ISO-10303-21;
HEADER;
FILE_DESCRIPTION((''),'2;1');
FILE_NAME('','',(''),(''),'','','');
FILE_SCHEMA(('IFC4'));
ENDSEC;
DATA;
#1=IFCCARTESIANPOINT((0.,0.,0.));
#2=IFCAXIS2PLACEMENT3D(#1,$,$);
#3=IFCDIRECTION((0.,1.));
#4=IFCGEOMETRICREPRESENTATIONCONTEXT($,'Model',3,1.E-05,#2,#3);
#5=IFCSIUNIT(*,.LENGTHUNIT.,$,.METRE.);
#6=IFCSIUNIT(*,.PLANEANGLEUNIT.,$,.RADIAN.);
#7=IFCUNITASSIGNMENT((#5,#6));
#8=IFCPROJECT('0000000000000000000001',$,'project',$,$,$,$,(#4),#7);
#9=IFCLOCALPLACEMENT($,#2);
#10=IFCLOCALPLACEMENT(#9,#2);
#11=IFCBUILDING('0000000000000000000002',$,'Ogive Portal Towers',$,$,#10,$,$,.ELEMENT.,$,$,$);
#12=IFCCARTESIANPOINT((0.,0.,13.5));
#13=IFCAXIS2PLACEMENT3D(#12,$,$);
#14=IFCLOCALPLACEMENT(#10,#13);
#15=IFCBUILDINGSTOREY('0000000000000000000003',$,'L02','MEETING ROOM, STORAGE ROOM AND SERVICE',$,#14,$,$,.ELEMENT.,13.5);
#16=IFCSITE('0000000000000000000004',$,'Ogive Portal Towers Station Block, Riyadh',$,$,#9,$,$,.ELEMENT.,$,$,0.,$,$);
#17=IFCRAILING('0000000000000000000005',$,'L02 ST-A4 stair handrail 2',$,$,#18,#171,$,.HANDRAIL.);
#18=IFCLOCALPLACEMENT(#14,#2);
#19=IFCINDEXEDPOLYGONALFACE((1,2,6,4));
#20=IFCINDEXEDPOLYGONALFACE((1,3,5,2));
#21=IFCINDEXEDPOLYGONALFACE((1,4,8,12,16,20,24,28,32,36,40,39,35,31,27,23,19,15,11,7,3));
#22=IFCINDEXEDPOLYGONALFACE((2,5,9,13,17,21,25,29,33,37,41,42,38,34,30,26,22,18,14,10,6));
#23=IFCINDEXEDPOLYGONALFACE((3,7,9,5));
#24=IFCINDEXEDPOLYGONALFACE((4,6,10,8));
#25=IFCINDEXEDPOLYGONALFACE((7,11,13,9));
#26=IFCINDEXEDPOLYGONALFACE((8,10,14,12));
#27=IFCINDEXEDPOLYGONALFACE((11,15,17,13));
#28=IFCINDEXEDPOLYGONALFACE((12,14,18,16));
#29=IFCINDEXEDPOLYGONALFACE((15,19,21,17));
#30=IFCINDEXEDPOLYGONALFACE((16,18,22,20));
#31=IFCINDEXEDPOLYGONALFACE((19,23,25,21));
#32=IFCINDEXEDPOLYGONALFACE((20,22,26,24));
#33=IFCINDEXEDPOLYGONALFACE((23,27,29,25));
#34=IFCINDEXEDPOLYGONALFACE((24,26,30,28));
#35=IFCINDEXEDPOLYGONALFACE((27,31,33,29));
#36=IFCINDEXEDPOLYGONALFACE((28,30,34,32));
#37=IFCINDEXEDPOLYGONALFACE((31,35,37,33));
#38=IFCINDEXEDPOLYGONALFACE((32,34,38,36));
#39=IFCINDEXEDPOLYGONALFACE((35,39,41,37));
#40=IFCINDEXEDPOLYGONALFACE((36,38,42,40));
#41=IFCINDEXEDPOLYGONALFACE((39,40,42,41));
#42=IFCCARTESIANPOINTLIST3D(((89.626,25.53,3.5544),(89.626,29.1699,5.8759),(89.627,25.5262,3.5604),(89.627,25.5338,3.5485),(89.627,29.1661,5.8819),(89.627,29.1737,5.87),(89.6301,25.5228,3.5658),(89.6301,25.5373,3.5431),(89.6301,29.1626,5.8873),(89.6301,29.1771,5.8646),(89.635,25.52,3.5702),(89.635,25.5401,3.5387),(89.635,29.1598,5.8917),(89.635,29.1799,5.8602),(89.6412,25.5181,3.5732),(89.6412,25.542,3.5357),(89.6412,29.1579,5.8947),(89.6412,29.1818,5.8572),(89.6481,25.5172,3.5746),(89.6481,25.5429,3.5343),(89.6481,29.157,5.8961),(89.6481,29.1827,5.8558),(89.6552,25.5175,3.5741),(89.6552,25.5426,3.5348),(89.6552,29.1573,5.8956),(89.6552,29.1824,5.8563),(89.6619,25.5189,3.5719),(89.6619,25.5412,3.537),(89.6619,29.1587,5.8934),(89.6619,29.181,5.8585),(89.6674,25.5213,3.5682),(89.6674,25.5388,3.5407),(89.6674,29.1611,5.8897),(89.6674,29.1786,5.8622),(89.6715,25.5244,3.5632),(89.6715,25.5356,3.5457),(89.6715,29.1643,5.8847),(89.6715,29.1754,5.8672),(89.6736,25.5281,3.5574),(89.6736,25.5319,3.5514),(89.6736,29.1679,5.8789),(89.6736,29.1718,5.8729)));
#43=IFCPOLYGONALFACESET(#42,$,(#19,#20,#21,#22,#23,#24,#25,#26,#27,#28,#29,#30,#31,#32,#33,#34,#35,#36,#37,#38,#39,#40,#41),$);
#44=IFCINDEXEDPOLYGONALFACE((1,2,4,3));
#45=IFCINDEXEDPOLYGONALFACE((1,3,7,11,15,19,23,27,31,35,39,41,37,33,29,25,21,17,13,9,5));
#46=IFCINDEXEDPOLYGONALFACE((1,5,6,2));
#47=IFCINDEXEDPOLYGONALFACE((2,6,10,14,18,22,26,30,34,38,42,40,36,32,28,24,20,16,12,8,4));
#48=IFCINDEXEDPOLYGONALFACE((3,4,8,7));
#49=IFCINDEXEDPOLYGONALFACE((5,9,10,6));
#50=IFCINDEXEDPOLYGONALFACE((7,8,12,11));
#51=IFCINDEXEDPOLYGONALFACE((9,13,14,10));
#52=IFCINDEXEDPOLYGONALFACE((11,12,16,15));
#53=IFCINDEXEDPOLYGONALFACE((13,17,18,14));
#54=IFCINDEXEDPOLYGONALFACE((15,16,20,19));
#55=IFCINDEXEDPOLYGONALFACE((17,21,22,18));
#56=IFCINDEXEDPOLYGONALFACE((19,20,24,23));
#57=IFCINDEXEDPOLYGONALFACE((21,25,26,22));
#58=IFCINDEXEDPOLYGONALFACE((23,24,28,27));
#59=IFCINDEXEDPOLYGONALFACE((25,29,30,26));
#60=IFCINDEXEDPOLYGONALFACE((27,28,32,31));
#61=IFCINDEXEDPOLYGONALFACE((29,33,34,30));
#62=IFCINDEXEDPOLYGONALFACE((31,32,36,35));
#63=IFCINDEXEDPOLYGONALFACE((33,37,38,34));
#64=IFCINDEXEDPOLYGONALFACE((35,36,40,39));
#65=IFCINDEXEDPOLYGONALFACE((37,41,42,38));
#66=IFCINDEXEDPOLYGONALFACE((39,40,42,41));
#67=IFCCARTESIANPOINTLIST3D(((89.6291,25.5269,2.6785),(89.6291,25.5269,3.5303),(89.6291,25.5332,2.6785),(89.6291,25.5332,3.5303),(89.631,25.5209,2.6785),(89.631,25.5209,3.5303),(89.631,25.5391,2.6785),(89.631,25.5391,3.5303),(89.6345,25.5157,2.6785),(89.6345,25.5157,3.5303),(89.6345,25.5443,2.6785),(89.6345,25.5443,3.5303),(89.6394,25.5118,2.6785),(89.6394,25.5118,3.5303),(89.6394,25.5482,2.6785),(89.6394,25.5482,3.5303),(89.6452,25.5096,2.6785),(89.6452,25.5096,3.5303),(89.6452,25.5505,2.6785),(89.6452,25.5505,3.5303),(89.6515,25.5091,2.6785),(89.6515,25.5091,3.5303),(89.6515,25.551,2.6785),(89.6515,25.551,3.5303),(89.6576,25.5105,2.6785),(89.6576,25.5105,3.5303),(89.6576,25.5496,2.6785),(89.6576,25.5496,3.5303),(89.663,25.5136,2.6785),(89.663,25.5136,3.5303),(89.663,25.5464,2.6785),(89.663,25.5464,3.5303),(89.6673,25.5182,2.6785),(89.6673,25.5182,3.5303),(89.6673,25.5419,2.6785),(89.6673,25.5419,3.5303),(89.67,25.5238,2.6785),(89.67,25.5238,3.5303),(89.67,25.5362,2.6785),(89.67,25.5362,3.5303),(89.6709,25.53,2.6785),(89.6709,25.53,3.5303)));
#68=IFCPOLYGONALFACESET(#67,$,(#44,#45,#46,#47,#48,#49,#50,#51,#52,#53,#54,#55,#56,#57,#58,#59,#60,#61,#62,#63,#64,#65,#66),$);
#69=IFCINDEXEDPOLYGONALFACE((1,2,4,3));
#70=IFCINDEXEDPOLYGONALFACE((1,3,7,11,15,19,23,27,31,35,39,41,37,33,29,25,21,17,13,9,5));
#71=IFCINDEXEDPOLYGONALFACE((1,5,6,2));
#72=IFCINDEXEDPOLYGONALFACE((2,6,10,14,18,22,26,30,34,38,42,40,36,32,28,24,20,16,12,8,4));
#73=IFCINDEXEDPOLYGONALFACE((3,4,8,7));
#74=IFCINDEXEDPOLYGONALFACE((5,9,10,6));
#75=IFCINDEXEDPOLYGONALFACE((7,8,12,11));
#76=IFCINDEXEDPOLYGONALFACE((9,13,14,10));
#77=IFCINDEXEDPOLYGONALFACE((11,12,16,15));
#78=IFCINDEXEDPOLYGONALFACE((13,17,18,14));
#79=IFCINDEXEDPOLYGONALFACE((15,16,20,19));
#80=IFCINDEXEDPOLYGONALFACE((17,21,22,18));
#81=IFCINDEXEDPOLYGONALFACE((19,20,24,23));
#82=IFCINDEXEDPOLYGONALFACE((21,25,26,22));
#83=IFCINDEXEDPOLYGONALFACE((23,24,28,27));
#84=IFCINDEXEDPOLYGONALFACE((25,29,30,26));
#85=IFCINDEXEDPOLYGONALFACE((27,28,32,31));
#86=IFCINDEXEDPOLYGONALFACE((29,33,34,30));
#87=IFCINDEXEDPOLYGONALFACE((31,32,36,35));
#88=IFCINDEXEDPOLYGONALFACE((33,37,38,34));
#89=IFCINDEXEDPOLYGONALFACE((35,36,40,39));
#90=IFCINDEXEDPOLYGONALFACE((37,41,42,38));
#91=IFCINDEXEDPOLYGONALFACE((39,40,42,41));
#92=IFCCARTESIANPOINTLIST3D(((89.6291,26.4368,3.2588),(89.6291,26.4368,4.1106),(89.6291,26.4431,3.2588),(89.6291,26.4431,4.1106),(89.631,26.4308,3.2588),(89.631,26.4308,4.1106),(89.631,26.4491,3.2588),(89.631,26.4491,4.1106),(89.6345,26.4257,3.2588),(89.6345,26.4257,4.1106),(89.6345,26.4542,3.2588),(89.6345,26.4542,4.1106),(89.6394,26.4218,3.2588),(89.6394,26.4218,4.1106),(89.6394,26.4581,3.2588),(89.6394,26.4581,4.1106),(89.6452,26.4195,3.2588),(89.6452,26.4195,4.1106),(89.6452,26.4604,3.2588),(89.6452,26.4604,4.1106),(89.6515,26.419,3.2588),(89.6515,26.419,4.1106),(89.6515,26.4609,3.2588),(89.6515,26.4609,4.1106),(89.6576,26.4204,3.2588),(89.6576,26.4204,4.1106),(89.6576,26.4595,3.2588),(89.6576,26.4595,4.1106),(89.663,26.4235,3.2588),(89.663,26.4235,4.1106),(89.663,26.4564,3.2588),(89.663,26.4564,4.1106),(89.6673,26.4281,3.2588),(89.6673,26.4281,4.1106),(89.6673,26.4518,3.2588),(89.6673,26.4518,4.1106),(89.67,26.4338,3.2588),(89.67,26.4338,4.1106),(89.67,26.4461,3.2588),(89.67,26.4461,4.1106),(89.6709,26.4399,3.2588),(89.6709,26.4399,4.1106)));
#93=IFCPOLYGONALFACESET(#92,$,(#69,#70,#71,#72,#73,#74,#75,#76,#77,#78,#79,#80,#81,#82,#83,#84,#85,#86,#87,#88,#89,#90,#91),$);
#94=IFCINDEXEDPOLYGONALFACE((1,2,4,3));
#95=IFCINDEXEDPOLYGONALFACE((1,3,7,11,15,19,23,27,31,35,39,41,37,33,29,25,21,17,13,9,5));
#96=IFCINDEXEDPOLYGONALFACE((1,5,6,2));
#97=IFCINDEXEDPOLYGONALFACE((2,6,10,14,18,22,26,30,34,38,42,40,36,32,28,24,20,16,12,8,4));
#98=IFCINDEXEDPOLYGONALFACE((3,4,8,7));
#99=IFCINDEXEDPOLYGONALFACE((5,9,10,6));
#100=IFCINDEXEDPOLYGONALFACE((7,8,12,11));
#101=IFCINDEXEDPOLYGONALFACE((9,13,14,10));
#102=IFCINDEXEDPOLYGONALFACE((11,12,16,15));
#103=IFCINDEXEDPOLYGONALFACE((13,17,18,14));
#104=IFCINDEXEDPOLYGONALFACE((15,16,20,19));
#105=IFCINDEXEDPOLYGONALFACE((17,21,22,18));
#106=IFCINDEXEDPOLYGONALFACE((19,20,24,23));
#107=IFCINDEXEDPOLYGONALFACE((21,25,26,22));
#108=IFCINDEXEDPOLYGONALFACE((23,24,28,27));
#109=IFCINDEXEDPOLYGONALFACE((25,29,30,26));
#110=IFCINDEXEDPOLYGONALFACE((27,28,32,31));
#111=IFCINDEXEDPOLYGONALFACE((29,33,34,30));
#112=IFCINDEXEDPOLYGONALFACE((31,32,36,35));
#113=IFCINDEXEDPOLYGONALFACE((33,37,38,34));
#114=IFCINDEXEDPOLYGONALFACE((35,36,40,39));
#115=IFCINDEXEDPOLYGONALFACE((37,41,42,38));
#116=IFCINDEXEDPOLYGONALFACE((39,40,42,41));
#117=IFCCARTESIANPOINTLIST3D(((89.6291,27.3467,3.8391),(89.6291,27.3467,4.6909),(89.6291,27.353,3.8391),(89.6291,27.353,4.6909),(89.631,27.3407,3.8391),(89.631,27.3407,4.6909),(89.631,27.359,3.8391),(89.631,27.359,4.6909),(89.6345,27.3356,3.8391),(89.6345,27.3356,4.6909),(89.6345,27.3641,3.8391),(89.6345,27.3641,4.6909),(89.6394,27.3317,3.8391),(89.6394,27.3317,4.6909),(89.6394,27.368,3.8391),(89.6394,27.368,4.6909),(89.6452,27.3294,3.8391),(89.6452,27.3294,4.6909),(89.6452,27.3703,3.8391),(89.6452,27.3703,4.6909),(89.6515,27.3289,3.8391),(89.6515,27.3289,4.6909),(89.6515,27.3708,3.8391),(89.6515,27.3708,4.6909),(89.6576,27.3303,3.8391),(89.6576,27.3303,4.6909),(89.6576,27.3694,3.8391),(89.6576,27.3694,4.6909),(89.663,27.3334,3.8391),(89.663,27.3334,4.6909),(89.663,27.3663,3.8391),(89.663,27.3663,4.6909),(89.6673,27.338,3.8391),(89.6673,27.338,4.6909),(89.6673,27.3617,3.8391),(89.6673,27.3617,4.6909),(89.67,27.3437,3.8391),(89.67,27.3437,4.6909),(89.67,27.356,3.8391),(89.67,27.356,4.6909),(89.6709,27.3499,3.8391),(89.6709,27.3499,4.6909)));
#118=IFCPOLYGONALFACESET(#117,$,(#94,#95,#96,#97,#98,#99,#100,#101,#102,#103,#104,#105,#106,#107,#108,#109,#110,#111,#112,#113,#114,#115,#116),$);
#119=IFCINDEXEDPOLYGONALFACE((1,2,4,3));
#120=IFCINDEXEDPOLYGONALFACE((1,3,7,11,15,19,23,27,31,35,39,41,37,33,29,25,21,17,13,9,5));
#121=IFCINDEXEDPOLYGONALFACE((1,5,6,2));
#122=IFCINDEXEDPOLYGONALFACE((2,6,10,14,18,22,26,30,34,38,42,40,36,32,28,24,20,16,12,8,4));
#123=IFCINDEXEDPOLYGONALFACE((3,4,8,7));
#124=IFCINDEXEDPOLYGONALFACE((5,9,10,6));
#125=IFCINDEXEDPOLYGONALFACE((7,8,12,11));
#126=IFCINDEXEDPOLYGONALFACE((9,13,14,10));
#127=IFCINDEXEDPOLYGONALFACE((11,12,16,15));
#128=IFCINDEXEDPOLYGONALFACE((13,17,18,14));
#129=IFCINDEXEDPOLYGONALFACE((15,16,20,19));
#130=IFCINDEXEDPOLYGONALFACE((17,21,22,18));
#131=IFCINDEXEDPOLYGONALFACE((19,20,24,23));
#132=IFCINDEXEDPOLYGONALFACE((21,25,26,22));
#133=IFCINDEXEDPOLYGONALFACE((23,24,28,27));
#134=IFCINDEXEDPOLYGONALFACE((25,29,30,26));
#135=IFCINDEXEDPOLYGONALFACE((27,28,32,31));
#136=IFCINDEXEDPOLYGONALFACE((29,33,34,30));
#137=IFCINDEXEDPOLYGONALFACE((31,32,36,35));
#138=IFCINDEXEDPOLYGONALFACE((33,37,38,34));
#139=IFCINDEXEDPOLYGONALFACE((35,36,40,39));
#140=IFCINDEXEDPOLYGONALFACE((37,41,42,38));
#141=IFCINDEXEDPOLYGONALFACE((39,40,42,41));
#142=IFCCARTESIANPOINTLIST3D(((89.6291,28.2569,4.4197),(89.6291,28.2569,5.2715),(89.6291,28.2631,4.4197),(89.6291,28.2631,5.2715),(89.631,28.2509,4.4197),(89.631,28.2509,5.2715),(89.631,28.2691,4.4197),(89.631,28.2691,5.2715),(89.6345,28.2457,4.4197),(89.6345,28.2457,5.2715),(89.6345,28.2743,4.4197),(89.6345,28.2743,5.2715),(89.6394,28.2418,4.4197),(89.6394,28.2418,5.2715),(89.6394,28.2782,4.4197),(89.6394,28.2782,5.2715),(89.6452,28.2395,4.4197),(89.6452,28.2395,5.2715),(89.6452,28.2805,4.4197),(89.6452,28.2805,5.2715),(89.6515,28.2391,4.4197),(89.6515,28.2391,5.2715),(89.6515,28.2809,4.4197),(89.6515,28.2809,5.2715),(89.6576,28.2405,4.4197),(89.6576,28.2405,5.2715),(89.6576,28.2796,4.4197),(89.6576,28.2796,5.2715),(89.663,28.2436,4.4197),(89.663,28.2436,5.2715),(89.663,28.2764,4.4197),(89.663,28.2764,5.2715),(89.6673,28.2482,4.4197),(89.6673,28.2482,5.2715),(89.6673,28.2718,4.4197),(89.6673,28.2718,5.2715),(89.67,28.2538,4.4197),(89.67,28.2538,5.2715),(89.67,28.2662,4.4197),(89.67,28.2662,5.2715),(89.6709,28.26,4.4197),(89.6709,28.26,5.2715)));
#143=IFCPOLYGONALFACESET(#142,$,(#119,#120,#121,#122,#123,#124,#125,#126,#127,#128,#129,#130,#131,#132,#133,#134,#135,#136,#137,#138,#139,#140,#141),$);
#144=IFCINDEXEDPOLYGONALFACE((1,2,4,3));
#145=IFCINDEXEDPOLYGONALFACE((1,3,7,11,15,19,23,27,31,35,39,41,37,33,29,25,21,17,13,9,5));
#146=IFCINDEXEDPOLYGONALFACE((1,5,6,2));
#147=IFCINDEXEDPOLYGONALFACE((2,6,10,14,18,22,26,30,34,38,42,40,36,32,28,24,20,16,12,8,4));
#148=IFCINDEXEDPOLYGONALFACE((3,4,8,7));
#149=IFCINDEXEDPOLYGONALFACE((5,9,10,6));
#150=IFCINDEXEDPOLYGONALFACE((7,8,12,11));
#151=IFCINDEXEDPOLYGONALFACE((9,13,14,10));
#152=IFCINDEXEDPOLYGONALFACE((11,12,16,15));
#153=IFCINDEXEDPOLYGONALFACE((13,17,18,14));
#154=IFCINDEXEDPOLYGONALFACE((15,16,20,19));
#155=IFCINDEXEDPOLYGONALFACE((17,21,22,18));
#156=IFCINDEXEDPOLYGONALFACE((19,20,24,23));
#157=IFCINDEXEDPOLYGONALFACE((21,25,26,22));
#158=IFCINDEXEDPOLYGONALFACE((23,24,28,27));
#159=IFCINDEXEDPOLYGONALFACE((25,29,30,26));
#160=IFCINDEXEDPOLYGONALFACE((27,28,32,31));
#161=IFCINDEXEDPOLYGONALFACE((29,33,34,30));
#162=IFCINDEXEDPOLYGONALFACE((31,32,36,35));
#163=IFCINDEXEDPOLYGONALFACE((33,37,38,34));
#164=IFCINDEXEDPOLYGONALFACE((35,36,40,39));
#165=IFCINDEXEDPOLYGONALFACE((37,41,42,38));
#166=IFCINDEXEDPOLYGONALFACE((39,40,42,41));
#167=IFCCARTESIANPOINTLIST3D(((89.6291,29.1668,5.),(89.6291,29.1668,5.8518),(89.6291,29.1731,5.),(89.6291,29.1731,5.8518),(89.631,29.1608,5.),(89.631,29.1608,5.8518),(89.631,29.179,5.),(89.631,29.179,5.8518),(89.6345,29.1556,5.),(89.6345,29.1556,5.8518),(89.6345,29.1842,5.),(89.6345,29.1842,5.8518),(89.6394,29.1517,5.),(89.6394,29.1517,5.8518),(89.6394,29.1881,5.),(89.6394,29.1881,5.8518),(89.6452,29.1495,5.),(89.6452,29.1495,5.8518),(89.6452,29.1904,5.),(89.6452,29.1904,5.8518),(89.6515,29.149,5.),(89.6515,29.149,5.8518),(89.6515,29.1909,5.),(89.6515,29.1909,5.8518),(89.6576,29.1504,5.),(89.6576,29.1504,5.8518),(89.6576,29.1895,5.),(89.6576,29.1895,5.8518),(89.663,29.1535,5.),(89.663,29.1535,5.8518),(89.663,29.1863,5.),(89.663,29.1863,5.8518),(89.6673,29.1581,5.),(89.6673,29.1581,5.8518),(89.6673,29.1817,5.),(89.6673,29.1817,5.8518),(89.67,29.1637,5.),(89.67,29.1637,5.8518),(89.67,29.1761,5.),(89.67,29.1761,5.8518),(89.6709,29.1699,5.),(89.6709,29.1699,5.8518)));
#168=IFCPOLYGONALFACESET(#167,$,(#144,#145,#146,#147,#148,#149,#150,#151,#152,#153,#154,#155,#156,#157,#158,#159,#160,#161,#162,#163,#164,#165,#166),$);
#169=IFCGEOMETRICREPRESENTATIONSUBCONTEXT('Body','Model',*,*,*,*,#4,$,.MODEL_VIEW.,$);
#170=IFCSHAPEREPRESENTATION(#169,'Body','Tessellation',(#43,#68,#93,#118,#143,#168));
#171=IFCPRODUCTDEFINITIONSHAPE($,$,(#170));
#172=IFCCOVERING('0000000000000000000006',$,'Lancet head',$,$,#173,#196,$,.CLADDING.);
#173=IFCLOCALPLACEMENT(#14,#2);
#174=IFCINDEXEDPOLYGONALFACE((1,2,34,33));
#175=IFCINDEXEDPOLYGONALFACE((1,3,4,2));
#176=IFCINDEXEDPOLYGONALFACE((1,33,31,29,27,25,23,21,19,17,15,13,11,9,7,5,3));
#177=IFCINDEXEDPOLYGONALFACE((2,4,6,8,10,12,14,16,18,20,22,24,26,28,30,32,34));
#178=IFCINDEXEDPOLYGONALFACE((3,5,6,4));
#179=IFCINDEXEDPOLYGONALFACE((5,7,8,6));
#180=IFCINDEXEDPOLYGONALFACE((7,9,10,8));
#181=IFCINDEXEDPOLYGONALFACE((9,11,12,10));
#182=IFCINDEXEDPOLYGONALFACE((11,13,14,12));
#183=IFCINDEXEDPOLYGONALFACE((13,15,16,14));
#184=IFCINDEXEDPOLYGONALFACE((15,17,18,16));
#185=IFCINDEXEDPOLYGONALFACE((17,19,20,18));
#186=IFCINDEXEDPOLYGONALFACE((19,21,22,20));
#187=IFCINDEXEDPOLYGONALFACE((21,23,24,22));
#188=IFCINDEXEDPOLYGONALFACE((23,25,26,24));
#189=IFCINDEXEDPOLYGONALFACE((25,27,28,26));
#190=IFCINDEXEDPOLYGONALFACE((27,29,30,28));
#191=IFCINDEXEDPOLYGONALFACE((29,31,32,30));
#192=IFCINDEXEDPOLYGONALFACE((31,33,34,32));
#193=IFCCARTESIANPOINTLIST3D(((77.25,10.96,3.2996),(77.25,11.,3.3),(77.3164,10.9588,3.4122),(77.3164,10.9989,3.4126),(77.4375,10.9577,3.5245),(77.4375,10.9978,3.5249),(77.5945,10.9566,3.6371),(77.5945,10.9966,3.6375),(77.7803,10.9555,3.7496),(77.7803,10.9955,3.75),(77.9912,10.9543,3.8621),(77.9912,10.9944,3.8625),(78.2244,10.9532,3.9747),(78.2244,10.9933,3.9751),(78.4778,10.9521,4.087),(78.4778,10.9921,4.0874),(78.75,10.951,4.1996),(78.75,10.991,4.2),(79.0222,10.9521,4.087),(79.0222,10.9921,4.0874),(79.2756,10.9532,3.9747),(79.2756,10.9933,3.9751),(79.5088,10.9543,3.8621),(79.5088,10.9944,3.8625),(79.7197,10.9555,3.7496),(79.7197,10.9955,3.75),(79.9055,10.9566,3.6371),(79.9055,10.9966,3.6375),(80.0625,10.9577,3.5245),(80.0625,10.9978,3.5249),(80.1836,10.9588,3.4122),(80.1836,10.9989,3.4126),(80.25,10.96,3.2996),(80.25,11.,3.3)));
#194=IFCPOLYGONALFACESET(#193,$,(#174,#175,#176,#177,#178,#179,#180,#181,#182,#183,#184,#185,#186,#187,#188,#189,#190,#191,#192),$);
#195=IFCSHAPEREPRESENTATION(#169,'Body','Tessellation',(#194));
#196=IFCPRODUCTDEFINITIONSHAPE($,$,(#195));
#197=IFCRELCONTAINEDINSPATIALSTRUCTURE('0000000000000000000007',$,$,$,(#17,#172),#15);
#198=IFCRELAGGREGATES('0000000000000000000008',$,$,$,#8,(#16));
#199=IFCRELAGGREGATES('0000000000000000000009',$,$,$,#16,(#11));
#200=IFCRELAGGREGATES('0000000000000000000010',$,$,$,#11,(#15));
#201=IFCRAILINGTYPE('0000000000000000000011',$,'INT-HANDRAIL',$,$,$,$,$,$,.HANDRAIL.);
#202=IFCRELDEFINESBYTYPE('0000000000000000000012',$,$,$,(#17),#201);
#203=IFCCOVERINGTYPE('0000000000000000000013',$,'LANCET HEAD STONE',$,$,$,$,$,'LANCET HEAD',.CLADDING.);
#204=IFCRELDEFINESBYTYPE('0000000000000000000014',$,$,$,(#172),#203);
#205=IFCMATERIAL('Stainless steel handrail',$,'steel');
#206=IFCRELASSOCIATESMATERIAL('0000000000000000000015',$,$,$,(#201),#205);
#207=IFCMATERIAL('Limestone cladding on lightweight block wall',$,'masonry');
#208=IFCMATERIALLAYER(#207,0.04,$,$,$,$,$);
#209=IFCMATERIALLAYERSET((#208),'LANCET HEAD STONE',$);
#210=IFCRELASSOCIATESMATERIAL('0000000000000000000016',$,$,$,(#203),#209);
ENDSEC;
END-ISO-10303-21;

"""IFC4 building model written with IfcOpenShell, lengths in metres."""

from ifc_helpers import new_model, si_unit, direction, frame, origin, origin_2d, place, context, subcontext, project, spatial, polyline, circle, outline, extrude, material, layer, layer_set, type_object, element, save


model = new_model("IFC4")

# Units and contexts
model_context = context("Model", 3, precision=1e-05, world=origin(), true_north=direction((0.0, 1.0)))
body_context = subcontext(model_context, "Body", "Model", "MODEL_VIEW")
ifc_project = project(units=[si_unit("LENGTHUNIT", "METRE"), si_unit("PLANEANGLEUNIT", "RADIAN")], contexts=[model_context])

# Site, building, storey
site_placement = place(None, origin())
site = spatial("IfcSite", under=ifc_project, at=site_placement, Name="Ogive Portal Towers Station Block, Riyadh", CompositionType="ELEMENT", RefElevation=0.0)
building_placement = place(site_placement, origin())
building = spatial("IfcBuilding", under=site, at=building_placement, Name="Ogive Portal Towers", CompositionType="ELEMENT")
storey_placement = place(building_placement, frame((0.0, 0.0, 13.5)))
storey = spatial("IfcBuildingStorey", under=building, at=storey_placement, Name="L02", Description="MEETING ROOM, STORAGE ROOM AND SERVICE", CompositionType="ELEMENT", Elevation=13.5)

# Shared definitions
ifc_material_1 = material(Name="Limestone cladding on lightweight block wall", Category="masonry")

# Railing
ifc_material_2 = material(Name="Stainless steel handrail", Category="steel")
railing_type_1 = type_object("IfcRailingType", Name="INT-HANDRAIL", PredefinedType="HANDRAIL", material=ifc_material_2)
railing_1_placement = place(storey_placement, frame((89.6499, 25.53, 2.6785)))
element("IfcRailing", 1, at=railing_1_placement, inside=storey, type_object=railing_type_1, Name="L02 ST-A4 stair handrail 2", PredefinedType="HANDRAIL", context=body_context, shape_type="SweptSolid", body=[
    extrude(circle(Radius=0.0239, at=origin_2d()), frame((0.0, 0.0, 0.876), z_axis=(0.0, 0.843112, 0.537739), x_axis=(-1.0, 0.0, 0.0)), (0.0, 0.0, 1.0), 4.3171),
    extrude(circle(Radius=0.021, at=origin_2d()), origin(), (0.0, 0.0, 1.0), 0.8518),
    extrude(circle(Radius=0.021, at=origin_2d()), frame((0.0, 0.9099, 0.5803)), (0.0, 0.0, 1.0), 0.8518),
    extrude(circle(Radius=0.021, at=origin_2d()), frame((0.0, 1.8198, 1.1606)), (0.0, 0.0, 1.0), 0.8518),
    extrude(circle(Radius=0.021, at=origin_2d()), frame((0.0, 2.73, 1.7412)), (0.0, 0.0, 1.0), 0.8518),
    extrude(circle(Radius=0.021, at=origin_2d()), frame((0.0, 3.6399, 2.3215)), (0.0, 0.0, 1.0), 0.8518),
])

# Covering
ifc_layer_1 = layer(ifc_material_1, 0.04)
ifc_layer_set_1 = layer_set([ifc_layer_1], Name="LANCET HEAD STONE")
covering_type_1 = type_object("IfcCoveringType", Name="LANCET HEAD STONE", ElementType="LANCET HEAD", PredefinedType="CLADDING", material=ifc_layer_set_1)
for number, where, z_axis, x_axis, name in (
    (2, (77.25, 11.0, 3.3), (0.0, 0.99995, 0.009994), (1.0, 0.0, 0.0), "Lancet head"),
):
    element("IfcCovering", number, at=place(storey_placement, frame(where, z_axis=z_axis, x_axis=x_axis)), inside=storey, type_object=covering_type_1, Name=name, PredefinedType="CLADDING", context=body_context, shape_type="SweptSolid", body=[
        extrude(outline(polyline([(0.0, 0.0), (3.0, 0.0), (2.9336, -0.1126), (2.8125, -0.2249), (2.6555, -0.3374), (2.4697, -0.45), (2.2588, -0.5625), (2.0256, -0.6751), (1.7722, -0.7874), (1.5, -0.8999), (1.2278, -0.7874), (0.9744, -0.6751), (0.7412, -0.5625), (0.5303, -0.45), (0.3445, -0.3374), (0.1875, -0.2249), (0.0664, -0.1126), (0.0, 0.0)])), origin(), (0.0, 0.0, -1.0), 0.04),
    ])

save(model, "model.ifc")
